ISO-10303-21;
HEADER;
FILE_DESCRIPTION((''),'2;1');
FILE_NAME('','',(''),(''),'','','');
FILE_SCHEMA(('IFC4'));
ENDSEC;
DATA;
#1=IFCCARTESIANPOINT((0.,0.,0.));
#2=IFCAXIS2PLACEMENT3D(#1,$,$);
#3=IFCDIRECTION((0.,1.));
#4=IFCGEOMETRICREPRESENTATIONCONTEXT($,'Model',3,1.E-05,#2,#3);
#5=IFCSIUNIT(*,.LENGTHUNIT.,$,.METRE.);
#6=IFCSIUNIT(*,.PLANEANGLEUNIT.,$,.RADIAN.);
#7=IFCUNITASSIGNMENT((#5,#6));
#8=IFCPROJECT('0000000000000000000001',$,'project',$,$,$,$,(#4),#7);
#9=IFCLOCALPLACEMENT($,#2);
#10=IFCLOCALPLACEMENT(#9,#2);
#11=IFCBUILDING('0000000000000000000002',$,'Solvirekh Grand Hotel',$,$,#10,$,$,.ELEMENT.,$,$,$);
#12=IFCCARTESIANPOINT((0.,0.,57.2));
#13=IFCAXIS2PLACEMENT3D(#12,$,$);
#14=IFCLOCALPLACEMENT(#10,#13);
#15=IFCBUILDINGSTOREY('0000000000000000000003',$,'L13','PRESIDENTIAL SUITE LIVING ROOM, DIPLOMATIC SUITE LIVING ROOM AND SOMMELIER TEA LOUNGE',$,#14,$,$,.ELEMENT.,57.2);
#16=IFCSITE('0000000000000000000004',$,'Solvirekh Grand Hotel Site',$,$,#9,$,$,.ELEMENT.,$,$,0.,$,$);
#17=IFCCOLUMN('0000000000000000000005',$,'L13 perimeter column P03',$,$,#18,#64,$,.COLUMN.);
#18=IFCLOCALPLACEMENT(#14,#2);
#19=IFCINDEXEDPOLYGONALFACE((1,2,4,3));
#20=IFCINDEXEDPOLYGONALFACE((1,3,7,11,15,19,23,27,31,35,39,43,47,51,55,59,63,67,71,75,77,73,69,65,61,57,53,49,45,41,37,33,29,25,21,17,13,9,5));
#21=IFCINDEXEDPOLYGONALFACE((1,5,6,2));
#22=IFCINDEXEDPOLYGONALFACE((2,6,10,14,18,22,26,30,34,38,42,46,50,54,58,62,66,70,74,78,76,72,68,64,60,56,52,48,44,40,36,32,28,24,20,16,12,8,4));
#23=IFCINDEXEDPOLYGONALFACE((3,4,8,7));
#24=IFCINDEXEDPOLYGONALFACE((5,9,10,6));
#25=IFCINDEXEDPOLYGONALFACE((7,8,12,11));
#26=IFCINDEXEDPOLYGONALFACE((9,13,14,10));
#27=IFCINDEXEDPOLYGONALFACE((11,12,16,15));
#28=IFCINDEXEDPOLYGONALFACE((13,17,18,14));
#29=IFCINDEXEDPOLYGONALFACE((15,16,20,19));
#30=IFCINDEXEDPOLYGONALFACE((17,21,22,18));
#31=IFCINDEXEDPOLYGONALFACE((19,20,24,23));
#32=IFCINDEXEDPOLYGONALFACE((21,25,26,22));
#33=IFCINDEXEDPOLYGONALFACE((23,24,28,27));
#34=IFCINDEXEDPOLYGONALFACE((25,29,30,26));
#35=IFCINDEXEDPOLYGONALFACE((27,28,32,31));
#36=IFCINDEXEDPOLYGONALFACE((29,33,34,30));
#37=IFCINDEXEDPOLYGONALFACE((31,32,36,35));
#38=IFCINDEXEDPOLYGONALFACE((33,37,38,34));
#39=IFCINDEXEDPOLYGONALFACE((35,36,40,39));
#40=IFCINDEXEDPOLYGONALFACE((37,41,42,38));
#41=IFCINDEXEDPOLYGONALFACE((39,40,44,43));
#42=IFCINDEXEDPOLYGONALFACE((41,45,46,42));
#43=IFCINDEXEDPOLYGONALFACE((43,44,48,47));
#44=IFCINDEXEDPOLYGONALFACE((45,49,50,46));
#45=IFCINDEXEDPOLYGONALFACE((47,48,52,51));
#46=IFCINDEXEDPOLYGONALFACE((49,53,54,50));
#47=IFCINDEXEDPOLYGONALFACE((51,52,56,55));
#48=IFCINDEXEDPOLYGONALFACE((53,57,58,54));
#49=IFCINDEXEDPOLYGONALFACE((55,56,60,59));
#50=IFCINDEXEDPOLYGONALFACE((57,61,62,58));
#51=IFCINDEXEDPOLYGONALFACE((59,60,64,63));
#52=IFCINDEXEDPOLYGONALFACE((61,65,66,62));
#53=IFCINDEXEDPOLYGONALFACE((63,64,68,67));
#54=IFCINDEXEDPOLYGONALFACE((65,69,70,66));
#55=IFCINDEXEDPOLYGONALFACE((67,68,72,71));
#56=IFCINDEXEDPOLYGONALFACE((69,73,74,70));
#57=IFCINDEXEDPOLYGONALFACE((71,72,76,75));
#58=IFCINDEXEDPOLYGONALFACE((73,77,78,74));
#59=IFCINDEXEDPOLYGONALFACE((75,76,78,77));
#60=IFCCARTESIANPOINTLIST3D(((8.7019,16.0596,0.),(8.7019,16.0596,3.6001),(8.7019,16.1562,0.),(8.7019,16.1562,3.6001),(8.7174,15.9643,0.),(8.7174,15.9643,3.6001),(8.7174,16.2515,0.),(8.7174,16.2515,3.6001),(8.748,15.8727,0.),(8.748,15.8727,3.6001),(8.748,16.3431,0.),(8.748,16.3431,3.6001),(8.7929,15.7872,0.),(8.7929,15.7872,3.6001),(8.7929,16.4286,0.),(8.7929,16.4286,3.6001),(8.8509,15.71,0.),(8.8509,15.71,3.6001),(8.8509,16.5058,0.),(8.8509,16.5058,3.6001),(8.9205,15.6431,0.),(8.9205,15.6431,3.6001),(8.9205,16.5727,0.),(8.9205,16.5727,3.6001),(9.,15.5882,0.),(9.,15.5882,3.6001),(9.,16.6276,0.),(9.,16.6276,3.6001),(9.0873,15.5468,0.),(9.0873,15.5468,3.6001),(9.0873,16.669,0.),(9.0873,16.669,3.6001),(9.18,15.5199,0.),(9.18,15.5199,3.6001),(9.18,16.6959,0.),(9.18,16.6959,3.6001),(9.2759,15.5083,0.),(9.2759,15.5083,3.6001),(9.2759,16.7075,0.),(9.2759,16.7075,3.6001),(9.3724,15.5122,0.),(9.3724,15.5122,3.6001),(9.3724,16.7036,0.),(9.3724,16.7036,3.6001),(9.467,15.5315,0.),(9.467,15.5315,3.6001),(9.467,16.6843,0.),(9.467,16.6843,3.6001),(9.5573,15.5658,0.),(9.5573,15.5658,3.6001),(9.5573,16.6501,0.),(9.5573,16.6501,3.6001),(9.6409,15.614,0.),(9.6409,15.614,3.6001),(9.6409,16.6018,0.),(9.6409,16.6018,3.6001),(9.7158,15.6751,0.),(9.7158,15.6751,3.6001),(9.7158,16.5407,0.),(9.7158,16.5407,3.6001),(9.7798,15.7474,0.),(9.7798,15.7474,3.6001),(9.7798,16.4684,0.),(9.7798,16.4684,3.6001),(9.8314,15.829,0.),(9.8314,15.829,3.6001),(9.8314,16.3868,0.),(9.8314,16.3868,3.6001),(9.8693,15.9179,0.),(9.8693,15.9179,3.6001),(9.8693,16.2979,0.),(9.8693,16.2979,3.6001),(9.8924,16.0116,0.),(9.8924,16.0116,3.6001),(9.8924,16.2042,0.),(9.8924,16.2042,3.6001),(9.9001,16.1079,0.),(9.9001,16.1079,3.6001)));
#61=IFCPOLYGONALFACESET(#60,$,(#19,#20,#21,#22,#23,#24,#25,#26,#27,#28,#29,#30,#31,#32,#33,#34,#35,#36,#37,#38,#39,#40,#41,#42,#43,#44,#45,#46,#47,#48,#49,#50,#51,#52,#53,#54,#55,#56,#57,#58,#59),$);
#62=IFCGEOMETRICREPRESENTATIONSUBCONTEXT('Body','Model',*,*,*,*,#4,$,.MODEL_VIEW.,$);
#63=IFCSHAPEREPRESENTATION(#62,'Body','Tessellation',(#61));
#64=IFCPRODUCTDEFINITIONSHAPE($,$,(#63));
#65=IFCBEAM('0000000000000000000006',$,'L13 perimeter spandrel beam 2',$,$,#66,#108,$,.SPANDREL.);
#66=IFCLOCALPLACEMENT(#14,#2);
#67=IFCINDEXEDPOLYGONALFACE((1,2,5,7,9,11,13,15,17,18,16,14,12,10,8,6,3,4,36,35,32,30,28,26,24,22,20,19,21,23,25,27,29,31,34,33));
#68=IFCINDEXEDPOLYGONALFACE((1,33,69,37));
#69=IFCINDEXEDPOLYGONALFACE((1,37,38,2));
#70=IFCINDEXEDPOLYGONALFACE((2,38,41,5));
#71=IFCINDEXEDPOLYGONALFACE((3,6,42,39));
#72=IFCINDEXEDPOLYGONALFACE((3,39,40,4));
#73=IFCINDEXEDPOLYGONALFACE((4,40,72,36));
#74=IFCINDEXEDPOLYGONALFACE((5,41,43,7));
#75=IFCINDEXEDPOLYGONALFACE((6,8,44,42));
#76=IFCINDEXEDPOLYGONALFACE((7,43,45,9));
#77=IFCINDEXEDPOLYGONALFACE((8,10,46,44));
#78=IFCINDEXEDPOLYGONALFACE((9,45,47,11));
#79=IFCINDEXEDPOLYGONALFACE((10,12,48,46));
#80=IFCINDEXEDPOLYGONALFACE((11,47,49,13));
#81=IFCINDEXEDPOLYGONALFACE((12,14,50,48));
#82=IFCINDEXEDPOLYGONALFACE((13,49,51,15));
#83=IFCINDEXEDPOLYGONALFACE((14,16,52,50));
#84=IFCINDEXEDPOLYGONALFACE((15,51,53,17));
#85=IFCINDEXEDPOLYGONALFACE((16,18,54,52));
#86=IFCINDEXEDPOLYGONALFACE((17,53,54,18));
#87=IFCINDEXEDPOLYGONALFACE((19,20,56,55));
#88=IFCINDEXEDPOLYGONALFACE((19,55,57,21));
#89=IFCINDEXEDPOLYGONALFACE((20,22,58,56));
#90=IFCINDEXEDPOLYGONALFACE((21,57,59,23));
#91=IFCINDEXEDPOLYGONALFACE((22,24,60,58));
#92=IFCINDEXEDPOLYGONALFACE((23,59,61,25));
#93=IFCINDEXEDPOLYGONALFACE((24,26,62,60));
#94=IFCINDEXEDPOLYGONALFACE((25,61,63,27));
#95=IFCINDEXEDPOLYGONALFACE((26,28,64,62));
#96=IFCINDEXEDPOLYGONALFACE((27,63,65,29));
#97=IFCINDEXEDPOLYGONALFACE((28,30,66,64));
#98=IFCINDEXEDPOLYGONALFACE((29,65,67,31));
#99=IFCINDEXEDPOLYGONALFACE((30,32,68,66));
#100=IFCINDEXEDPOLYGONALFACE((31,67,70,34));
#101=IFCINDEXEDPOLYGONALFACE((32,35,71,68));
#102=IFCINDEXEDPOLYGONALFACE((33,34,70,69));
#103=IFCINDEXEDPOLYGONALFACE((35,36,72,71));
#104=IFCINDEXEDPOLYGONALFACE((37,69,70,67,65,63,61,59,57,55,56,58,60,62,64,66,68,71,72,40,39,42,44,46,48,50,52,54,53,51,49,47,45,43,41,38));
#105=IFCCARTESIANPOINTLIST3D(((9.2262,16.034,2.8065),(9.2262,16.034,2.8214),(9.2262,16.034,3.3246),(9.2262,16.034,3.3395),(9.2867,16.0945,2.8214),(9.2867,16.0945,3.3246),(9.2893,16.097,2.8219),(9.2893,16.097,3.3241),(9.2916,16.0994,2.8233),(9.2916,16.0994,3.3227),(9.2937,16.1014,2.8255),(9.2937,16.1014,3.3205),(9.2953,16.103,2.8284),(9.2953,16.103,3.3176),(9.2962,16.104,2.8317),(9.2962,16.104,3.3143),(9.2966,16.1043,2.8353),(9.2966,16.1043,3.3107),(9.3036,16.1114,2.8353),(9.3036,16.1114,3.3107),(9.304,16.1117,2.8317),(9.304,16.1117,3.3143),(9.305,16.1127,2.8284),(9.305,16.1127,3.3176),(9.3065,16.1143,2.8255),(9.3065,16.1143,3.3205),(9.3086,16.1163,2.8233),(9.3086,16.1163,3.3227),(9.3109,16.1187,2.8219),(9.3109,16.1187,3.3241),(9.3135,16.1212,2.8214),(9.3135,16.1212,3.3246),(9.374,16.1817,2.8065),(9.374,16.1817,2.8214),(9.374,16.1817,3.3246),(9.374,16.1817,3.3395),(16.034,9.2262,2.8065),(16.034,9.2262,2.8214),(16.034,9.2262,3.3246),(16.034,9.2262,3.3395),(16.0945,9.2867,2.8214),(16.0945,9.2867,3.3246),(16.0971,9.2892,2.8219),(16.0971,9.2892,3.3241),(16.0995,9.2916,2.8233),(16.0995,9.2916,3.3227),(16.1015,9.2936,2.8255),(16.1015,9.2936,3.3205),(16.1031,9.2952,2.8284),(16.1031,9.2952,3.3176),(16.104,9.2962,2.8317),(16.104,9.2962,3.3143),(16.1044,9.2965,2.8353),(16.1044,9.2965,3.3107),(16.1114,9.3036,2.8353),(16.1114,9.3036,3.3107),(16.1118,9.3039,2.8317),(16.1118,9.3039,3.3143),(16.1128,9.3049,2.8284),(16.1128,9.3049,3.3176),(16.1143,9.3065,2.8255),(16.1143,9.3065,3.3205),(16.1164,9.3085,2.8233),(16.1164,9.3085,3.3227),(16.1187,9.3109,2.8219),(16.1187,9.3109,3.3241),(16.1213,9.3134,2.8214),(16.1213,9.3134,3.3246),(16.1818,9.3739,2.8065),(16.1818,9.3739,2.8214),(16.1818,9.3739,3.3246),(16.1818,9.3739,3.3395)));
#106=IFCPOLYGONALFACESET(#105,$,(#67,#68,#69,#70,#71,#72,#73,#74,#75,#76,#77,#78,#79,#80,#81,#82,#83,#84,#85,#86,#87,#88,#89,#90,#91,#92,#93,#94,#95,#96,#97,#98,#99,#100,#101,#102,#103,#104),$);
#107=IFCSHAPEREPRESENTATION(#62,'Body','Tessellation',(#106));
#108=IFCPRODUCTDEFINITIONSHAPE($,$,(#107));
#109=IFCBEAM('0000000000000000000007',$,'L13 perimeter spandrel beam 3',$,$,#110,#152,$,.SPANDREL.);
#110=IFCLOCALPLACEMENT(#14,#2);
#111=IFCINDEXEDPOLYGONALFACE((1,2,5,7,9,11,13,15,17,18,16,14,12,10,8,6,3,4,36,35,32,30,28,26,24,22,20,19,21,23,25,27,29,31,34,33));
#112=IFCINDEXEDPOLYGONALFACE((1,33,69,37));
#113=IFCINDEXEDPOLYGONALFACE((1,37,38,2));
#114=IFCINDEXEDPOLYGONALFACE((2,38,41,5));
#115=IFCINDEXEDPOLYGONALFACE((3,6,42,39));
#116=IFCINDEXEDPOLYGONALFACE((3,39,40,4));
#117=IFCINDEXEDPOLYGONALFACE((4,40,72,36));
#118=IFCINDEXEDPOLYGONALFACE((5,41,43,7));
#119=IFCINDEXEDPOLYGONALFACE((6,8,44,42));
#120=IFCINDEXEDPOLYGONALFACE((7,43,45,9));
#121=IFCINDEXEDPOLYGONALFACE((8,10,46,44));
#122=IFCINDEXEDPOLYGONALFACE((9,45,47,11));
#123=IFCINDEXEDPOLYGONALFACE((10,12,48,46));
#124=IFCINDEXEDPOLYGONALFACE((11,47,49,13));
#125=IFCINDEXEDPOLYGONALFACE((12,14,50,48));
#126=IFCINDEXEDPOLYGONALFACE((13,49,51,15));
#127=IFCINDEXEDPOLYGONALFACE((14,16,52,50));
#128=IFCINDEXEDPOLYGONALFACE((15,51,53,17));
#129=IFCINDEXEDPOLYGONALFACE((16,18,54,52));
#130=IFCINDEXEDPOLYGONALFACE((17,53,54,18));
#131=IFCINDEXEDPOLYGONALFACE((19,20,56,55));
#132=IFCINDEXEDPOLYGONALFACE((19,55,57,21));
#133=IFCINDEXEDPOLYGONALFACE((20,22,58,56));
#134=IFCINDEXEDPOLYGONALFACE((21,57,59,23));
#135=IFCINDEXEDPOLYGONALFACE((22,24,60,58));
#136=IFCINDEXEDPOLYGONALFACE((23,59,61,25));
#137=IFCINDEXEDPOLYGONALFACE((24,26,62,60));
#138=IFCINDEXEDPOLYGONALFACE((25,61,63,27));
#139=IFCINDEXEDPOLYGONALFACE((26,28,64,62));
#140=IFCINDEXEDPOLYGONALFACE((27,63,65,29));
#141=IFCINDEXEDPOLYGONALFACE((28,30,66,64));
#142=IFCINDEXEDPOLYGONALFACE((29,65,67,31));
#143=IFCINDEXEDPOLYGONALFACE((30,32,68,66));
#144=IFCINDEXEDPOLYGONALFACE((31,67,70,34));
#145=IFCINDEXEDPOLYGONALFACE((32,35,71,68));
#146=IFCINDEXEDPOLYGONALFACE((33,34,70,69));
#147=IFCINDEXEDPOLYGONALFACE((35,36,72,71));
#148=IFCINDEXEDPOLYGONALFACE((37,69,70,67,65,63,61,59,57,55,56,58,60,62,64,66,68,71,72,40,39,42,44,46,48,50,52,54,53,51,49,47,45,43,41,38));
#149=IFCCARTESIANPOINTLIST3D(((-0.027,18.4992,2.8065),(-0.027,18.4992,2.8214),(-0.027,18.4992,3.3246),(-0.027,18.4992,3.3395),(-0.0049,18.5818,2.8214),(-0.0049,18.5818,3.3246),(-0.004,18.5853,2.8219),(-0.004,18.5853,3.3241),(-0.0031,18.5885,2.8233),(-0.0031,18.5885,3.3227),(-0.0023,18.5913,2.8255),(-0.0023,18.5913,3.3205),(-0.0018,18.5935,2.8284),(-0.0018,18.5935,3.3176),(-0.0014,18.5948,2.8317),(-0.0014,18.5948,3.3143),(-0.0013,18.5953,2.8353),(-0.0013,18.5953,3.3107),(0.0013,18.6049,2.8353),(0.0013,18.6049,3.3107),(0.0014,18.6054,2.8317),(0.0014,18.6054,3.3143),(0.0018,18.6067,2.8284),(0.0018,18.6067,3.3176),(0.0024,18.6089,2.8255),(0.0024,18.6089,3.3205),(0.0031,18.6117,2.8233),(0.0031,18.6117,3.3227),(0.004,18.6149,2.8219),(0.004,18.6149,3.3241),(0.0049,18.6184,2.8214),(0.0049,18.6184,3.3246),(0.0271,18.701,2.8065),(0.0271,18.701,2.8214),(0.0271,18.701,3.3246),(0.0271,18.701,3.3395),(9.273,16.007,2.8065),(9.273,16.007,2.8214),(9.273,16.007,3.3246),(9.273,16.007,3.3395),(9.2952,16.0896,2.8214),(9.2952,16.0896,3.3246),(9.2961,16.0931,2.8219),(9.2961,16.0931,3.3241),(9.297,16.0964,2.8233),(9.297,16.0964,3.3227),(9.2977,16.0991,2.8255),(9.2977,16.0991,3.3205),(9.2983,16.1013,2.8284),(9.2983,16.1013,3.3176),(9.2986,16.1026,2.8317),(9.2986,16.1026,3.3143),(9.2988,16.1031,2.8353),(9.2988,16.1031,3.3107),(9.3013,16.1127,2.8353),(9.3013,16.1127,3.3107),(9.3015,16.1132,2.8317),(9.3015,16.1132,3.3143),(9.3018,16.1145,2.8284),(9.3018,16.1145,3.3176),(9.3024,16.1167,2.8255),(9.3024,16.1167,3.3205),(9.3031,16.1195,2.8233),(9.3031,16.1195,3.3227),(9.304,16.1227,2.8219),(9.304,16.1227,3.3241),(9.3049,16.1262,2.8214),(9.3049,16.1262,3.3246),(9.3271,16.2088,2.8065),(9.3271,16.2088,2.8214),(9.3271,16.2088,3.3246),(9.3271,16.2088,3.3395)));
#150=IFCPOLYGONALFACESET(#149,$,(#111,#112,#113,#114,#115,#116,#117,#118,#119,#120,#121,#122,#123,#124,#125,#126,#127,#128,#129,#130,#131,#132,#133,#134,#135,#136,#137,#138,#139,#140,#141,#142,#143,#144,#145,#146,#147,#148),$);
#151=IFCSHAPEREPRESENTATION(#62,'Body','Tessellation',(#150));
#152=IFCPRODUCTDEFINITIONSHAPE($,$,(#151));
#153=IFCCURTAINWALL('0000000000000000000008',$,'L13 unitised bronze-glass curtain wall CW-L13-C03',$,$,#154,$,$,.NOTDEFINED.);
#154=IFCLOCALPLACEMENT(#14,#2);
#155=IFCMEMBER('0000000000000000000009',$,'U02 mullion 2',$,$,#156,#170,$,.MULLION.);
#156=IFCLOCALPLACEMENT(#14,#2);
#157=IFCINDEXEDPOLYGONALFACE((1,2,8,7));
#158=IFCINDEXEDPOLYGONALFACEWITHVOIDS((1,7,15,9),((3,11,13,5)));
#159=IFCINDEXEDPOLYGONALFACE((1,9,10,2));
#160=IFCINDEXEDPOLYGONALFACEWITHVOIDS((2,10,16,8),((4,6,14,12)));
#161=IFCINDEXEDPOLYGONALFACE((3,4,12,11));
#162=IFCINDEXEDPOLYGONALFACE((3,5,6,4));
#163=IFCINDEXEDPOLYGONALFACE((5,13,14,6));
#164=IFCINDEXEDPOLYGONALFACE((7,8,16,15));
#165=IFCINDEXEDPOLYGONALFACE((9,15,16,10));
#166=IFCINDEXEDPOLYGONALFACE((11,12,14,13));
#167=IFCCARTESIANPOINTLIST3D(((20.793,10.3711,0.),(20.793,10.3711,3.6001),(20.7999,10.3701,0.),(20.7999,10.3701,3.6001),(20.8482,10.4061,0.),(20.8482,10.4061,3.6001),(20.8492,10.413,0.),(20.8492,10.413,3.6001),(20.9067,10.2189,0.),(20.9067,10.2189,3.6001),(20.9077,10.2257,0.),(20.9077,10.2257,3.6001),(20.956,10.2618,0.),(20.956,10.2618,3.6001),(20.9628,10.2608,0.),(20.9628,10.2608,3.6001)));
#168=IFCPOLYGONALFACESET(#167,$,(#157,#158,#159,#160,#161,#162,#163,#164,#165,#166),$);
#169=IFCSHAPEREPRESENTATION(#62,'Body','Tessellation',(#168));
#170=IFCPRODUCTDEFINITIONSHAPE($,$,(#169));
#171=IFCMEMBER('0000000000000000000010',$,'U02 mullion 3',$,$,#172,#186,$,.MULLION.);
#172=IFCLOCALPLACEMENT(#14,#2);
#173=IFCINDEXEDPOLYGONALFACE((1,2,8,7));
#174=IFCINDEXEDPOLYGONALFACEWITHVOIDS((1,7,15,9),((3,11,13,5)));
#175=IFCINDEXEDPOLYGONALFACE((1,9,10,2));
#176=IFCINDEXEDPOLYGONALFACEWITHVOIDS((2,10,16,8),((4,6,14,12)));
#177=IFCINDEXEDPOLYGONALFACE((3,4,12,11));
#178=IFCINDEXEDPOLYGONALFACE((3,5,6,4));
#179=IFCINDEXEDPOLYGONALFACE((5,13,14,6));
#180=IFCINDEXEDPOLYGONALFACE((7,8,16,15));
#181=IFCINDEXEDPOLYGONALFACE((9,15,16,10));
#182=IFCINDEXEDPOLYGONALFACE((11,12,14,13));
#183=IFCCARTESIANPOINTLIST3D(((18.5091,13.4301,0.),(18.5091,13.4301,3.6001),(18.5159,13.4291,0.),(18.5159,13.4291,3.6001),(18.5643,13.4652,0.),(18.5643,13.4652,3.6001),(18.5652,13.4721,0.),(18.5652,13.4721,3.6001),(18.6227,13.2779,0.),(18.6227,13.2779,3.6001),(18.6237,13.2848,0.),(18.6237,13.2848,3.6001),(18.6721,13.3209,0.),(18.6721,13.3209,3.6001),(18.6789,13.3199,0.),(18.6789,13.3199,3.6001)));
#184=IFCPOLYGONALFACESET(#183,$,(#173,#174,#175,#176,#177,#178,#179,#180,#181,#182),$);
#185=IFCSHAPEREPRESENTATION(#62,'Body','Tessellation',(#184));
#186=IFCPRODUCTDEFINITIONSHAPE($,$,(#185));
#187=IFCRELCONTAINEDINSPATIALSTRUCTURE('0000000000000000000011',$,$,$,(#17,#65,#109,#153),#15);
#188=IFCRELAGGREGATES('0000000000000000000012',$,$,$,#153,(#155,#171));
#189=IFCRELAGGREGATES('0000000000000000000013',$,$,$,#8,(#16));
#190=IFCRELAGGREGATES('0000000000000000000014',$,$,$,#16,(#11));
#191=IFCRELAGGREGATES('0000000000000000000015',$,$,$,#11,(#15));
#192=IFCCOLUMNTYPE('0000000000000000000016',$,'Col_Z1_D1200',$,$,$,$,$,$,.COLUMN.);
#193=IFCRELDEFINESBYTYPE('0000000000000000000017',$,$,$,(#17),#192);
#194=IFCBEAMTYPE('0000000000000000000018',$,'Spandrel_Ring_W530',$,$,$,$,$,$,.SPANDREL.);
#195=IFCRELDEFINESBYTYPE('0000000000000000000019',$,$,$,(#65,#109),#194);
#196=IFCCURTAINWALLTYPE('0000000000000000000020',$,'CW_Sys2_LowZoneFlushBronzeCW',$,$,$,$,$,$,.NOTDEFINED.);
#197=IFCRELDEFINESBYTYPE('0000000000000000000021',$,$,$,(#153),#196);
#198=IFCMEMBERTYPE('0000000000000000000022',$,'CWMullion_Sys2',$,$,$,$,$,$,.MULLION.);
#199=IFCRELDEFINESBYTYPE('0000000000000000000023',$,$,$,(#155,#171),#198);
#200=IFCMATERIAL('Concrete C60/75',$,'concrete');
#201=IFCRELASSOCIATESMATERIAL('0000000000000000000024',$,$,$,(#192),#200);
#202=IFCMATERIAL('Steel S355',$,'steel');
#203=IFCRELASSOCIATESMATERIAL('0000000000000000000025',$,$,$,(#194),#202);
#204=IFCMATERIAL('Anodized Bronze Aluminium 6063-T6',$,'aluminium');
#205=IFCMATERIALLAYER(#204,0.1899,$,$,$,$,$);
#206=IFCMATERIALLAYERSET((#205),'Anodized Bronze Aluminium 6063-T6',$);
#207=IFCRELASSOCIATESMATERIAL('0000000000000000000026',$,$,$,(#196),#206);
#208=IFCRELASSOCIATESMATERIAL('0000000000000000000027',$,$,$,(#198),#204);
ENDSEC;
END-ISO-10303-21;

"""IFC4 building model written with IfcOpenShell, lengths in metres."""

from ifc_helpers import new_model, si_unit, direction, frame, origin, origin_2d, place, context, subcontext, project, spatial, hollow_rectangle, circle, i_section, extrude, source, transform, mapped, material, layer, layer_set, material_profile, profile_set, type_object, element, aggregate, save


model = new_model("IFC4")

# Units and contexts
model_context = context("Model", 3, precision=1e-05, world=origin(), true_north=direction((0.0, 1.0)))
body_context = subcontext(model_context, "Body", "Model", "MODEL_VIEW")
ifc_project = project(units=[si_unit("LENGTHUNIT", "METRE"), si_unit("PLANEANGLEUNIT", "RADIAN")], contexts=[model_context])

# Site, building, storey
site_placement = place(None, origin())
site = spatial("IfcSite", under=ifc_project, at=site_placement, Name="Solvirekh Grand Hotel Site", CompositionType="ELEMENT", RefElevation=0.0)
building_placement = place(site_placement, origin())
building = spatial("IfcBuilding", under=site, at=building_placement, Name="Solvirekh Grand Hotel", CompositionType="ELEMENT")
storey_placement = place(building_placement, frame((0.0, 0.0, 57.2)))
storey = spatial("IfcBuildingStorey", under=building, at=storey_placement, Name="L13", Description="PRESIDENTIAL SUITE LIVING ROOM, DIPLOMATIC SUITE LIVING ROOM AND SOMMELIER TEA LOUNGE", CompositionType="ELEMENT", Elevation=57.2)

# Column
ifc_material_1 = material(Name="Concrete C60/75", Category="concrete")
ifc_material_profile_1 = material_profile(ifc_material_1, circle(Radius=0.6001, at=origin_2d()), Name="RC CIRC D1200")
ifc_profile_set_1 = profile_set([ifc_material_profile_1], Name="Concrete C60/75")
column_type = type_object("IfcColumnType", Name="Col_Z1_D1200", PredefinedType="COLUMN", material=ifc_profile_set_1)
column_placement = place(storey_placement, frame((9.3, 16.1079, 0.0), z_axis=(0.0, 0.0, 1.0), x_axis=(1.0, 0.0, 0.0)))
element("IfcColumn", 1, at=column_placement, inside=storey, type_object=column_type, Name="L13 perimeter column P03", PredefinedType="COLUMN", context=body_context, shape_type="SweptSolid", body=[
    extrude(circle(Radius=0.6001, at=origin_2d()), origin(), (0.0, 0.0, 1.0), 3.6001),
])

# Beams
ifc_material_2 = material(Name="Steel S355", Category="steel")
ifc_material_profile_2 = material_profile(ifc_material_2, i_section(OverallWidth=0.209, OverallDepth=0.533, WebThickness=0.01, FlangeThickness=0.0149, FilletRadius=0.0139, at=origin_2d()), Name="W530X92")
ifc_profile_set_2 = profile_set([ifc_material_profile_2], Name="Steel S355")
beam_type = type_object("IfcBeamType", Name="Spandrel_Ring_W530", PredefinedType="SPANDREL", material=ifc_profile_set_2)
beam_1_placement = place(storey_placement, frame((16.1079, 9.3, 3.073), z_axis=(-0.707107, 0.707107, 0.0), x_axis=(-0.707107, -0.707107, 0.0)))
element("IfcBeam", 2, at=beam_1_placement, inside=storey, type_object=beam_type, Name="L13 perimeter spandrel beam 2", PredefinedType="SPANDREL", context=body_context, shape_type="SweptSolid", body=[
    extrude(i_section(OverallWidth=0.209, OverallDepth=0.533, WebThickness=0.01, FlangeThickness=0.0149, FilletRadius=0.0139, at=origin_2d()), origin(), (0.0, 0.0, 1.0), 9.6277),
])
beam_2_placement = place(storey_placement, frame((9.3, 16.1079, 3.073), z_axis=(-0.965919, 0.258843, 0.0), x_axis=(-0.258843, -0.965919, 0.0)))
element("IfcBeam", 3, at=beam_2_placement, inside=storey, type_object=beam_type, Name="L13 perimeter spandrel beam 3", PredefinedType="SPANDREL", context=body_context, shape_type="SweptSolid", body=[
    extrude(i_section(OverallWidth=0.209, OverallDepth=0.533, WebThickness=0.01, FlangeThickness=0.0149, FilletRadius=0.0139, at=origin_2d()), origin(), (0.0, 0.0, 1.0), 9.6282),
])

# Curtain wall, members
ifc_material_3 = material(Name="Anodized Bronze Aluminium 6063-T6", Category="aluminium")
ifc_layer_1 = layer(ifc_material_3, 0.1899)
ifc_layer_set_1 = layer_set([ifc_layer_1], Name="Anodized Bronze Aluminium 6063-T6")
curtain_wall_type = type_object("IfcCurtainWallType", Name="CW_Sys2_LowZoneFlushBronzeCW", PredefinedType="NOTDEFINED", material=ifc_layer_set_1)
curtain_wall_1_placement = place(storey_placement, origin())
curtain_wall_1 = element("IfcCurtainWall", 4, at=curtain_wall_1_placement, inside=storey, type_object=curtain_wall_type, Name="L13 unitised bronze-glass curtain wall CW-L13-C03", PredefinedType="NOTDEFINED")
ifc_material_profile_3 = material_profile(ifc_material_3, hollow_rectangle(XDim=0.0701, YDim=0.1899, WallThickness=0.0049, at=origin_2d()), Name="ALU RHS 190X70X5")
ifc_profile_set_3 = profile_set([ifc_material_profile_3], Name="Anodized Bronze Aluminium 6063-T6")
member_type_1 = type_object("IfcMemberType", Name="CWMullion_Sys2", PredefinedType="MULLION", material=ifc_profile_set_3)
shared_shape_1 = source(origin(), body_context, "Body", "SweptSolid", [
    extrude(hollow_rectangle(XDim=0.0701, YDim=0.1899, WallThickness=0.0049, at=origin_2d()), origin(), (0.0, 0.0, 1.0), 3.6001),
])
member_1_placement = place(storey_placement, frame((20.8779, 10.3159, 0.0), z_axis=(0.0, 0.0, 1.0), x_axis=(-0.801275, -0.598296, 0.0)))
member_1 = element("IfcMember", 5, at=member_1_placement, type_object=member_type_1, Name="U02 mullion 2", PredefinedType="MULLION", context=body_context, shape_type="MappedRepresentation", body=[
    mapped(shared_shape_1, transform((0.0, 0.0, 0.0), x_axis=(1.0, 0.0, 0.0), y_axis=(0.0, 1.0, 0.0), z_axis=(0.0, 0.0, 1.0), scale=1.0)),
])
member_2_placement = place(storey_placement, frame((18.594, 13.375, 0.0), z_axis=(0.0, 0.0, 1.0), x_axis=(-0.801275, -0.598296, 0.0)))
member_2 = element("IfcMember", 6, at=member_2_placement, type_object=member_type_1, Name="U02 mullion 3", PredefinedType="MULLION", context=body_context, shape_type="MappedRepresentation", body=[
    mapped(shared_shape_1, transform((0.0, 0.0, 0.0), x_axis=(1.0, 0.0, 0.0), y_axis=(0.0, 1.0, 0.0), z_axis=(0.0, 0.0, 1.0), scale=1.0)),
])

aggregate(curtain_wall_1, [member_1, member_2])

save(model, "model.ifc")
